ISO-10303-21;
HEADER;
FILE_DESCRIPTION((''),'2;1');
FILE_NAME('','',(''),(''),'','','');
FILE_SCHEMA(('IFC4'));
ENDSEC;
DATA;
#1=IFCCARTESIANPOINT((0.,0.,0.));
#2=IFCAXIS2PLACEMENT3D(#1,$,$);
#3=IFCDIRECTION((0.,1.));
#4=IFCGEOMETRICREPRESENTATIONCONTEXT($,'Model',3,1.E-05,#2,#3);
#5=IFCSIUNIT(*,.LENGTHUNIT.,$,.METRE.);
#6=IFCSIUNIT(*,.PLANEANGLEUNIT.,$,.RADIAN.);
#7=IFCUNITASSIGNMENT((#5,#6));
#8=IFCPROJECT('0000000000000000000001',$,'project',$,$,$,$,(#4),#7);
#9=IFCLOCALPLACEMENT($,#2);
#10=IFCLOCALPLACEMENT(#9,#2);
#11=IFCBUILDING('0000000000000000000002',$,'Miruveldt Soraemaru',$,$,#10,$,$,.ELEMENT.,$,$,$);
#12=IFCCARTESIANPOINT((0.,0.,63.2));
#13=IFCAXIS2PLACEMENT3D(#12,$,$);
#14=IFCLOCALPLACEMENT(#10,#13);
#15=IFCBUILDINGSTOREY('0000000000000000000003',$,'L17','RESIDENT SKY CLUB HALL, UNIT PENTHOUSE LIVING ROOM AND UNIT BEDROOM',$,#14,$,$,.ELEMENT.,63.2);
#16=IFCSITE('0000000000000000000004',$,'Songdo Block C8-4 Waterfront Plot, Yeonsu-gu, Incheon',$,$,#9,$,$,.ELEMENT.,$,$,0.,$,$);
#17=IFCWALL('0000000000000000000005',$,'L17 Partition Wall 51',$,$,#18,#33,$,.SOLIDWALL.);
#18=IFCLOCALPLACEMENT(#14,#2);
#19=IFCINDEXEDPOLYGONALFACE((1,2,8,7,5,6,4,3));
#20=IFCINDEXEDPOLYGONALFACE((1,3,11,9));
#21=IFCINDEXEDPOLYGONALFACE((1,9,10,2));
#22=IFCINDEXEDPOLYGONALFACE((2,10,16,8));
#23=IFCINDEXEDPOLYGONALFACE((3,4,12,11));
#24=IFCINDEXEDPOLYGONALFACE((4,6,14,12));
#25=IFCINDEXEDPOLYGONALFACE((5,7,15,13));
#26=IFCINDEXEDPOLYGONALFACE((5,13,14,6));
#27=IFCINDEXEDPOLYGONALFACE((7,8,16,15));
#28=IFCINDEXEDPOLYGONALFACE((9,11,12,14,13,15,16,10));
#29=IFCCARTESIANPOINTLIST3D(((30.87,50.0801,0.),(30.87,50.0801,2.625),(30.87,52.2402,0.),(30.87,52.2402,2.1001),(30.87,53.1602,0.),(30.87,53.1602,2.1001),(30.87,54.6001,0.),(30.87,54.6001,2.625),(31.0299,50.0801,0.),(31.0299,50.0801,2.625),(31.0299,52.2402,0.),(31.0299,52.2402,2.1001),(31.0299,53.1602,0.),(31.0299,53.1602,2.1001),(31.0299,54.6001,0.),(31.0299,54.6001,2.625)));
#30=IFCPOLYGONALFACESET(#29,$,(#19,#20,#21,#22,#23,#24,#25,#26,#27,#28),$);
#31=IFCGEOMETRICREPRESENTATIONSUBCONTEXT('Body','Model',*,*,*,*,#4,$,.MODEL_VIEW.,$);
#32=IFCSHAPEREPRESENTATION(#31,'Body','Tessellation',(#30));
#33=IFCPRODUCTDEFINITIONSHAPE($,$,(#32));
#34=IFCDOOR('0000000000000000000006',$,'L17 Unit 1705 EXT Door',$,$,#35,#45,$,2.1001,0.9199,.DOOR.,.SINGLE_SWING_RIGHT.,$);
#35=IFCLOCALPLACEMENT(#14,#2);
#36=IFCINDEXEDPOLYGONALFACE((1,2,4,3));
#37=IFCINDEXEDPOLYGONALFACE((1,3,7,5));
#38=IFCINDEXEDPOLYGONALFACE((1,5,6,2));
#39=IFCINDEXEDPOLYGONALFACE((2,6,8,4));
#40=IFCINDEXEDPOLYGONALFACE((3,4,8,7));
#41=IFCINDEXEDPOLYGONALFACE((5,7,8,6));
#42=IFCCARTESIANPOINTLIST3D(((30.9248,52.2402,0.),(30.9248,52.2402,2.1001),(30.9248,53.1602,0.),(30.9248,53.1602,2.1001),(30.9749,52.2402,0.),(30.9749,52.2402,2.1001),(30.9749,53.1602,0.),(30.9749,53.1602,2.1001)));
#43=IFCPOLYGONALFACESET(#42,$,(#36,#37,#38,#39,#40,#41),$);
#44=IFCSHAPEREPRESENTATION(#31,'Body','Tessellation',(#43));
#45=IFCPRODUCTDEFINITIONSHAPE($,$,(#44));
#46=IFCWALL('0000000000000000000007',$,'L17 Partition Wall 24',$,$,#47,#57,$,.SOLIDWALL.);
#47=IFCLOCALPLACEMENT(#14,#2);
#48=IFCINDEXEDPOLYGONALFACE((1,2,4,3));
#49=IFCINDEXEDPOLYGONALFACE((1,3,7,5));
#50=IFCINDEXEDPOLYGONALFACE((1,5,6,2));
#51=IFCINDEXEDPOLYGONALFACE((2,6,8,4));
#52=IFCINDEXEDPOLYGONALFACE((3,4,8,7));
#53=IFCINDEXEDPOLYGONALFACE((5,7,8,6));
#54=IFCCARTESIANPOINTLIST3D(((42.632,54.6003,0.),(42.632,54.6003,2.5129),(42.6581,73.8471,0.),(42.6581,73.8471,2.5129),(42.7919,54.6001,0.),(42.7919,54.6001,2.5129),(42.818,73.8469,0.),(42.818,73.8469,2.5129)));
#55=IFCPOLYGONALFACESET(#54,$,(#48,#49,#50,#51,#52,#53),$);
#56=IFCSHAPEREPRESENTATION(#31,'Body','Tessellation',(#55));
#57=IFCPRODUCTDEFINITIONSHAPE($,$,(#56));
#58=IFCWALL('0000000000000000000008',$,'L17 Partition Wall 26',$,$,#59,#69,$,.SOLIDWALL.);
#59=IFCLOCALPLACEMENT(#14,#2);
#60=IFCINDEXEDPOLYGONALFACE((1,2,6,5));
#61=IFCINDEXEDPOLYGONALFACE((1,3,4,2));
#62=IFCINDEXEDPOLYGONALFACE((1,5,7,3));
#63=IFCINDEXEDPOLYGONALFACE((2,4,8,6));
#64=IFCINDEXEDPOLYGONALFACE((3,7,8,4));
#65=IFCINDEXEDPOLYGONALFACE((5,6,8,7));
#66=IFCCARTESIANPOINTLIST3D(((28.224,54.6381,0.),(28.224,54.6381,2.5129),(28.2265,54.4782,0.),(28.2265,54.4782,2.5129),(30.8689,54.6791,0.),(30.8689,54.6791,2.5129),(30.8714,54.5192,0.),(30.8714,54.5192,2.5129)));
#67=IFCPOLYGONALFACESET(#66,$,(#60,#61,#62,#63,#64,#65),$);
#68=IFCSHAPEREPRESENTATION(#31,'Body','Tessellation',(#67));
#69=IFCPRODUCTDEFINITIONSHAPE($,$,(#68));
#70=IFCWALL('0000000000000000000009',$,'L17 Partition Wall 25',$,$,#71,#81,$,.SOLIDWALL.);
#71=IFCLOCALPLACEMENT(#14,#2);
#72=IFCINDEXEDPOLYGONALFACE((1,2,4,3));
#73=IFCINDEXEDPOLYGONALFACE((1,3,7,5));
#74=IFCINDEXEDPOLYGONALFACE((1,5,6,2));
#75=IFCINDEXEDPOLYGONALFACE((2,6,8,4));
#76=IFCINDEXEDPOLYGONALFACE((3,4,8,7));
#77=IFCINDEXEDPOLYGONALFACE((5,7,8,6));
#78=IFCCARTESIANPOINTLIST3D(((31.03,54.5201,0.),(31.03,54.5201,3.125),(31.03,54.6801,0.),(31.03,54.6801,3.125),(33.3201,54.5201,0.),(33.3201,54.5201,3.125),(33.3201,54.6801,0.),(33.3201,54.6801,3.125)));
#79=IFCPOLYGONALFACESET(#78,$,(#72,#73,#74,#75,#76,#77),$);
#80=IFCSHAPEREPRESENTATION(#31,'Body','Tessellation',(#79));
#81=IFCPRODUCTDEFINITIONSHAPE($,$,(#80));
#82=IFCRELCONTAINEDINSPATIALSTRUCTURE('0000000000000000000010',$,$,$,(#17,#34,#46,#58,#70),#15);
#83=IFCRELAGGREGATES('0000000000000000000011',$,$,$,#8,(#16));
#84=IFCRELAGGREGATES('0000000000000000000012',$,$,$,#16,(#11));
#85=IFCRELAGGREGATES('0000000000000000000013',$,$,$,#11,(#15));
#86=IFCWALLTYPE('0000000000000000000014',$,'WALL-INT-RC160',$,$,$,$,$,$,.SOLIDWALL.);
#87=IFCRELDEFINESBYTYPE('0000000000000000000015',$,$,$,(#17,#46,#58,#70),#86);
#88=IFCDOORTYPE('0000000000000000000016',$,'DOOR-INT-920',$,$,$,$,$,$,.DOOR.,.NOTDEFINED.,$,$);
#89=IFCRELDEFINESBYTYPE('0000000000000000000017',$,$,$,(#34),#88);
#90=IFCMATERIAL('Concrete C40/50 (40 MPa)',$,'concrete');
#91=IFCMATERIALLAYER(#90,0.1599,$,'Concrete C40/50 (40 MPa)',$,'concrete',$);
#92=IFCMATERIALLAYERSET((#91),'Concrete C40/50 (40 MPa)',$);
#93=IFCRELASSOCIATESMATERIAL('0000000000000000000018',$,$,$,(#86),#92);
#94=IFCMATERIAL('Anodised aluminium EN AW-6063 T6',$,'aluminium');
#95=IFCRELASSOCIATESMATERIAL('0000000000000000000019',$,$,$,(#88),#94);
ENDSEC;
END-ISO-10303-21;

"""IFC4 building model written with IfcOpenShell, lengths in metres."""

from ifc_helpers import new_model, si_unit, direction, frame, frame_2d, origin, place, context, subcontext, project, spatial, rectangle, extrude, material, layer, layer_set, type_object, element, fill, save


model = new_model("IFC4")

# Units and contexts
model_context = context("Model", 3, precision=1e-05, world=origin(), true_north=direction((0.0, 1.0)))
body_context = subcontext(model_context, "Body", "Model", "MODEL_VIEW")
ifc_project = project(units=[si_unit("LENGTHUNIT", "METRE"), si_unit("PLANEANGLEUNIT", "RADIAN")], contexts=[model_context])

# Site, building, storey
site_placement = place(None, origin())
site = spatial("IfcSite", under=ifc_project, at=site_placement, Name="Songdo Block C8-4 Waterfront Plot, Yeonsu-gu, Incheon", CompositionType="ELEMENT", RefElevation=0.0)
building_placement = place(site_placement, origin())
building = spatial("IfcBuilding", under=site, at=building_placement, Name="Miruveldt Soraemaru", CompositionType="ELEMENT")
storey_placement = place(building_placement, frame((0.0, 0.0, 63.2)))
storey = spatial("IfcBuildingStorey", under=building, at=storey_placement, Name="L17", Description="RESIDENT SKY CLUB HALL, UNIT PENTHOUSE LIVING ROOM AND UNIT BEDROOM", CompositionType="ELEMENT", Elevation=63.2)

# Shared definitions
ifc_material_1 = material(Name="Concrete C40/50 (40 MPa)", Category="concrete")

# Shared definitions
ifc_material_2 = material(Name="Anodised aluminium EN AW-6063 T6", Category="aluminium")

# Wall, opening, door
ifc_layer_1 = layer(ifc_material_1, 0.1599, Name="Concrete C40/50 (40 MPa)", Category="concrete")
ifc_layer_set_1 = layer_set([ifc_layer_1], Name="Concrete C40/50 (40 MPa)")
wall_type_1 = type_object("IfcWallType", Name="WALL-INT-RC160", PredefinedType="SOLIDWALL", material=ifc_layer_set_1)
wall_1_placement = place(storey_placement, frame((30.95, 54.6001, 0.0), z_axis=(0.0, 0.0, 1.0), x_axis=(0.0, -1.0, 0.0)))
wall_1 = element("IfcWall", 1, at=wall_1_placement, inside=storey, type_object=wall_type_1, Name="L17 Partition Wall 51", PredefinedType="SOLIDWALL", context=body_context, shape_type="SweptSolid", body=[
    extrude(rectangle(XDim=4.52, YDim=0.1599, at=frame_2d((2.26, 0.0))), origin(), (0.0, 0.0, 1.0), 2.625),
])
opening_1_placement = place(wall_1_placement, frame((1.4399, 0.0, 0.0)))
opening_1 = element("IfcOpeningElement", 2, at=opening_1_placement, cuts=wall_1, PredefinedType="OPENING", context=body_context, shape_type="SweptSolid", body=[
    extrude(rectangle(XDim=0.9199, YDim=2.1001, at=frame_2d((0.46, 1.05))), frame((0.0, 0.0898, 0.0), z_axis=(0.0, -1.0, 0.0), x_axis=(1.0, 0.0, 0.0)), (0.0, 0.0, 1.0), 0.1799),
])
door_type_1 = type_object("IfcDoorType", Name="DOOR-INT-920", OperationType="NOTDEFINED", PredefinedType="DOOR", material=ifc_material_2)
door_1_placement = place(opening_1_placement, origin())
door_1 = element("IfcDoor", 3, at=door_1_placement, inside=storey, type_object=door_type_1, Name="L17 Unit 1705 EXT Door", OperationType="SINGLE_SWING_RIGHT", OverallHeight=2.1001, OverallWidth=0.9199, PredefinedType="DOOR", context=body_context, shape_type="SweptSolid", body=[
    extrude(rectangle(XDim=0.9199, YDim=2.1001, at=frame_2d((0.46, 1.05))), frame((0.0, 0.0249, 0.0), z_axis=(0.0, -1.0, 0.0), x_axis=(1.0, 0.0, 0.0)), (0.0, 0.0, 1.0), 0.05),
])
fill(opening_1, door_1)

# Walls
wall_2_placement = place(storey_placement, frame((42.7119, 54.6001, 0.0), z_axis=(0.0, 0.0, 1.0), x_axis=(0.001357, 0.999999, 0.0)))
element("IfcWall", 4, at=wall_2_placement, inside=storey, type_object=wall_type_1, Name="L17 Partition Wall 24", PredefinedType="SOLIDWALL", context=body_context, shape_type="SweptSolid", body=[
    extrude(rectangle(XDim=19.2468, YDim=0.1599, at=frame_2d((9.6235, 0.0))), origin(), (0.0, 0.0, 1.0), 2.5129),
])
wall_3_placement = place(storey_placement, frame((28.2251, 54.5581, 0.0), z_axis=(0.0, 0.0, 1.0), x_axis=(0.99988, 0.015505, 0.0)))
element("IfcWall", 5, at=wall_3_placement, inside=storey, type_object=wall_type_1, Name="L17 Partition Wall 26", PredefinedType="SOLIDWALL", context=body_context, shape_type="SweptSolid", body=[
    extrude(rectangle(XDim=2.6453, YDim=0.1599, at=frame_2d((1.3228, 0.0))), origin(), (0.0, 0.0, 1.0), 2.5129),
])
wall_4_placement = place(storey_placement, frame((31.03, 54.6001, 0.0), z_axis=(0.0, 0.0, 1.0), x_axis=(1.0, 0.0, 0.0)))
element("IfcWall", 6, at=wall_4_placement, inside=storey, type_object=wall_type_1, Name="L17 Partition Wall 25", PredefinedType="SOLIDWALL", context=body_context, shape_type="SweptSolid", body=[
    extrude(rectangle(XDim=2.29, YDim=0.1599, at=frame_2d((1.145, 0.0))), origin(), (0.0, 0.0, 1.0), 3.125),
])

save(model, "model.ifc")
